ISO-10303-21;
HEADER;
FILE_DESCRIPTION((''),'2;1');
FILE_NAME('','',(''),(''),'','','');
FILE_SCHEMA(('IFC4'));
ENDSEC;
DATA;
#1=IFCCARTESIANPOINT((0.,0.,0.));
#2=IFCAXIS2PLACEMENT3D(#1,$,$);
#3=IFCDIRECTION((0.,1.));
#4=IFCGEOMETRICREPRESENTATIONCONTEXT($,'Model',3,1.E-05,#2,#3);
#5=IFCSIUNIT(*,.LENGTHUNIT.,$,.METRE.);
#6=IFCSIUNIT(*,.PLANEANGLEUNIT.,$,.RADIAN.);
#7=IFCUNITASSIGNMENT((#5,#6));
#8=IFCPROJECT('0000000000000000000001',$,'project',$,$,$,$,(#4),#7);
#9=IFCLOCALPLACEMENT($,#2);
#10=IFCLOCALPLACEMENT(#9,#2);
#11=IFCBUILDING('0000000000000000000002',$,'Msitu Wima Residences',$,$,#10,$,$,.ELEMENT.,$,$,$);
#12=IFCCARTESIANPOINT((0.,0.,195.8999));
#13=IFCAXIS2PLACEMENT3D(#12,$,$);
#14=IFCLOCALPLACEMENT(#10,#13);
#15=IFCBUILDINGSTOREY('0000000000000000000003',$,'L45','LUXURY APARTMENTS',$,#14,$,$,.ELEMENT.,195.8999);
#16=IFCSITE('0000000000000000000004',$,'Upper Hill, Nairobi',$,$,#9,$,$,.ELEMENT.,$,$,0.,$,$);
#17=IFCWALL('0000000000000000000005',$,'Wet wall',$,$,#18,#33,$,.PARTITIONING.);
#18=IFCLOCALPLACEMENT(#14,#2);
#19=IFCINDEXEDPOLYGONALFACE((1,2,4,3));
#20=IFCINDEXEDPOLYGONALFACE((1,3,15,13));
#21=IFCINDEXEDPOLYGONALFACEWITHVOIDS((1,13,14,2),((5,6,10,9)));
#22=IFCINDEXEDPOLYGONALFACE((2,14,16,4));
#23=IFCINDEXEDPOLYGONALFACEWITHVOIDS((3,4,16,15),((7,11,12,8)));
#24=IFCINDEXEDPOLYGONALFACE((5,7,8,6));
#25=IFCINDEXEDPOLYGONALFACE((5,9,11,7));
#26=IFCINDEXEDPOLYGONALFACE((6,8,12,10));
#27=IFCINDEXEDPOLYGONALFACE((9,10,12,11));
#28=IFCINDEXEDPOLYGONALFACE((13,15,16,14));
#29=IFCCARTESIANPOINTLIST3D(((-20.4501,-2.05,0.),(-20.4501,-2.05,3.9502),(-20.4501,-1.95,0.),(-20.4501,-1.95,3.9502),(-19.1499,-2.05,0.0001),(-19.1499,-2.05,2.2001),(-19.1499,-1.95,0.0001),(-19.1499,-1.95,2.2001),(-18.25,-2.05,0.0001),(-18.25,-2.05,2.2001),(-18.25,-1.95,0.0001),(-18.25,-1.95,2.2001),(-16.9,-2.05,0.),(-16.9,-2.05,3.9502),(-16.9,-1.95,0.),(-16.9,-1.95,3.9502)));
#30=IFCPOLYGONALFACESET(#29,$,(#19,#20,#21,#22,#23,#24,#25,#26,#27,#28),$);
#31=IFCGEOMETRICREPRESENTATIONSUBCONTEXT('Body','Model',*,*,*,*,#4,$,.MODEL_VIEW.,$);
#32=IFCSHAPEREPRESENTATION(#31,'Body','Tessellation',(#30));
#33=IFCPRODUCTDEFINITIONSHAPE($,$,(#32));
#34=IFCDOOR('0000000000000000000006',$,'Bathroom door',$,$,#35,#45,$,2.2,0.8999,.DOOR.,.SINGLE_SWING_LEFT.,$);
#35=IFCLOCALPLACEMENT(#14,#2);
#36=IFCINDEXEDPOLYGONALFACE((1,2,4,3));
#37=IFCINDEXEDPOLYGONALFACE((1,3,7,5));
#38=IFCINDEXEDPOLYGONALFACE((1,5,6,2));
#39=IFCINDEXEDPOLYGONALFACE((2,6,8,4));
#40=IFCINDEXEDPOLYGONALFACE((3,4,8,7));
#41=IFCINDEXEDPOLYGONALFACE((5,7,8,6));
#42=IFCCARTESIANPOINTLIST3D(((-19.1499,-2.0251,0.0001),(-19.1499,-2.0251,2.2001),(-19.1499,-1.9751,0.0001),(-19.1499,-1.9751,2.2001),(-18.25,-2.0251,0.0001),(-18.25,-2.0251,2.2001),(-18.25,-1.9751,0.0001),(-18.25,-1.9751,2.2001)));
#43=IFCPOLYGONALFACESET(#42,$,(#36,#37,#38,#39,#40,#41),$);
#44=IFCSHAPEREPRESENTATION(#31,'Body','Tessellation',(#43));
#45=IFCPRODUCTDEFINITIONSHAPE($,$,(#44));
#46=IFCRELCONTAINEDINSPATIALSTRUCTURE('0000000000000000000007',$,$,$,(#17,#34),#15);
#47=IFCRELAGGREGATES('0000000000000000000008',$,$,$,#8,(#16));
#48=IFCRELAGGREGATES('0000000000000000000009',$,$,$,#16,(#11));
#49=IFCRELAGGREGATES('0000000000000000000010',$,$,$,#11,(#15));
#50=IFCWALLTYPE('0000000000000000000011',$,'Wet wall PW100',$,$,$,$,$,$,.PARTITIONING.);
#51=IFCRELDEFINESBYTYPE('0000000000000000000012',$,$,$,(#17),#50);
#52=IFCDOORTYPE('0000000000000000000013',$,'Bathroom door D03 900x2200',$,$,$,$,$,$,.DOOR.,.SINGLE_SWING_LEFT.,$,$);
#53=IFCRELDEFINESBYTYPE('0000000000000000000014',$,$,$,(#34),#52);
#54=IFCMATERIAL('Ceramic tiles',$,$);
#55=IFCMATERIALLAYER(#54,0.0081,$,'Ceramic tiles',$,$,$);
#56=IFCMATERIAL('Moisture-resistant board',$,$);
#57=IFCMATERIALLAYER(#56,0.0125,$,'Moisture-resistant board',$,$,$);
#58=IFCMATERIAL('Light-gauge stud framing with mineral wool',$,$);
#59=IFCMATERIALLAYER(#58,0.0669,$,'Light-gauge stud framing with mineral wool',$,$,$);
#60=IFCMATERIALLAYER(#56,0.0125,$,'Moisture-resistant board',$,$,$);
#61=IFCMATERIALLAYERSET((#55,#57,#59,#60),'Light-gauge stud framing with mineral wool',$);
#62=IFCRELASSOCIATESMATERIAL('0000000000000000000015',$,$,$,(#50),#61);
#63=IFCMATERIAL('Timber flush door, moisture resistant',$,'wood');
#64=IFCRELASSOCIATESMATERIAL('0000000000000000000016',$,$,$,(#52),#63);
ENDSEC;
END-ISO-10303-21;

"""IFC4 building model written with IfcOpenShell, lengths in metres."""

from ifc_helpers import new_model, si_unit, direction, frame, frame_2d, origin, place, context, subcontext, project, spatial, rectangle, extrude, material, layer, layer_set, type_object, element, fill, save


model = new_model("IFC4")

# Units and contexts
model_context = context("Model", 3, precision=1e-05, world=origin(), true_north=direction((0.0, 1.0)))
body_context = subcontext(model_context, "Body", "Model", "MODEL_VIEW")
ifc_project = project(units=[si_unit("LENGTHUNIT", "METRE"), si_unit("PLANEANGLEUNIT", "RADIAN")], contexts=[model_context])

# Site, building, storey
site_placement = place(None, origin())
site = spatial("IfcSite", under=ifc_project, at=site_placement, Name="Upper Hill, Nairobi", CompositionType="ELEMENT", RefElevation=0.0)
building_placement = place(site_placement, origin())
building = spatial("IfcBuilding", under=site, at=building_placement, Name="Msitu Wima Residences", CompositionType="ELEMENT")
storey_placement = place(building_placement, frame((0.0, 0.0, 195.8999)))
storey = spatial("IfcBuildingStorey", under=building, at=storey_placement, Name="L45", Description="LUXURY APARTMENTS", CompositionType="ELEMENT", Elevation=195.8999)

# Shared definitions
ifc_material_1 = material(Name="Light-gauge stud framing with mineral wool")

# Shared definitions
ifc_material_2 = material(Name="Ceramic tiles")
ifc_layer_1 = layer(ifc_material_2, 0.0081, Name="Ceramic tiles")
ifc_material_3 = material(Name="Moisture-resistant board")
ifc_layer_2 = layer(ifc_material_3, 0.0125, Name="Moisture-resistant board")
ifc_layer_3 = layer(ifc_material_1, 0.0669, Name="Light-gauge stud framing with mineral wool")
ifc_layer_4 = layer(ifc_material_3, 0.0125, Name="Moisture-resistant board")
ifc_layer_set_1 = layer_set([ifc_layer_1, ifc_layer_2, ifc_layer_3, ifc_layer_4], Name="Light-gauge stud framing with mineral wool")
wall_type_1 = type_object("IfcWallType", Name="Wet wall PW100", PredefinedType="PARTITIONING", material=ifc_layer_set_1)

# Wall, opening, door
wall_1_placement = place(storey_placement, frame((-20.45, -2.0, 0.0), z_axis=(0.0, 0.0, 1.0), x_axis=(1.0, 0.0, 0.0)))
wall_1 = element("IfcWall", 1, at=wall_1_placement, inside=storey, type_object=wall_type_1, Name="Wet wall", PredefinedType="PARTITIONING", context=body_context, shape_type="SweptSolid", body=[
    extrude(rectangle(XDim=3.55, YDim=0.1001, at=frame_2d((1.7749, 0.0))), origin(), (0.0, 0.0, 1.0), 3.9502),
])
opening_1_placement = place(wall_1_placement, frame((1.3, 0.0, 0.0)))
opening_1 = element("IfcOpeningElement", 2, at=opening_1_placement, cuts=wall_1, PredefinedType="OPENING", context=body_context, shape_type="SweptSolid", body=[
    extrude(rectangle(XDim=0.8999, YDim=2.2, at=frame_2d((0.45, 1.1001))), frame((0.0, 0.0601, 0.0), z_axis=(0.0, -1.0, 0.0), x_axis=(1.0, 0.0, 0.0)), (0.0, 0.0, 1.0), 0.1201),
])
ifc_material_4 = material(Name="Timber flush door, moisture resistant", Category="wood")
door_type_1 = type_object("IfcDoorType", Name="Bathroom door D03 900x2200", OperationType="SINGLE_SWING_LEFT", PredefinedType="DOOR", material=ifc_material_4)
door_1_placement = place(opening_1_placement, origin())
door_1 = element("IfcDoor", 3, at=door_1_placement, inside=storey, type_object=door_type_1, Name="Bathroom door", OperationType="SINGLE_SWING_LEFT", OverallHeight=2.2, OverallWidth=0.8999, PredefinedType="DOOR", context=body_context, shape_type="SweptSolid", body=[
    extrude(rectangle(XDim=0.8999, YDim=2.2, at=frame_2d((0.45, 1.1001))), frame((0.0, 0.0249, 0.0), z_axis=(0.0, -1.0, 0.0), x_axis=(1.0, 0.0, 0.0)), (0.0, 0.0, 1.0), 0.05),
])
fill(opening_1, door_1)

save(model, "model.ifc")
